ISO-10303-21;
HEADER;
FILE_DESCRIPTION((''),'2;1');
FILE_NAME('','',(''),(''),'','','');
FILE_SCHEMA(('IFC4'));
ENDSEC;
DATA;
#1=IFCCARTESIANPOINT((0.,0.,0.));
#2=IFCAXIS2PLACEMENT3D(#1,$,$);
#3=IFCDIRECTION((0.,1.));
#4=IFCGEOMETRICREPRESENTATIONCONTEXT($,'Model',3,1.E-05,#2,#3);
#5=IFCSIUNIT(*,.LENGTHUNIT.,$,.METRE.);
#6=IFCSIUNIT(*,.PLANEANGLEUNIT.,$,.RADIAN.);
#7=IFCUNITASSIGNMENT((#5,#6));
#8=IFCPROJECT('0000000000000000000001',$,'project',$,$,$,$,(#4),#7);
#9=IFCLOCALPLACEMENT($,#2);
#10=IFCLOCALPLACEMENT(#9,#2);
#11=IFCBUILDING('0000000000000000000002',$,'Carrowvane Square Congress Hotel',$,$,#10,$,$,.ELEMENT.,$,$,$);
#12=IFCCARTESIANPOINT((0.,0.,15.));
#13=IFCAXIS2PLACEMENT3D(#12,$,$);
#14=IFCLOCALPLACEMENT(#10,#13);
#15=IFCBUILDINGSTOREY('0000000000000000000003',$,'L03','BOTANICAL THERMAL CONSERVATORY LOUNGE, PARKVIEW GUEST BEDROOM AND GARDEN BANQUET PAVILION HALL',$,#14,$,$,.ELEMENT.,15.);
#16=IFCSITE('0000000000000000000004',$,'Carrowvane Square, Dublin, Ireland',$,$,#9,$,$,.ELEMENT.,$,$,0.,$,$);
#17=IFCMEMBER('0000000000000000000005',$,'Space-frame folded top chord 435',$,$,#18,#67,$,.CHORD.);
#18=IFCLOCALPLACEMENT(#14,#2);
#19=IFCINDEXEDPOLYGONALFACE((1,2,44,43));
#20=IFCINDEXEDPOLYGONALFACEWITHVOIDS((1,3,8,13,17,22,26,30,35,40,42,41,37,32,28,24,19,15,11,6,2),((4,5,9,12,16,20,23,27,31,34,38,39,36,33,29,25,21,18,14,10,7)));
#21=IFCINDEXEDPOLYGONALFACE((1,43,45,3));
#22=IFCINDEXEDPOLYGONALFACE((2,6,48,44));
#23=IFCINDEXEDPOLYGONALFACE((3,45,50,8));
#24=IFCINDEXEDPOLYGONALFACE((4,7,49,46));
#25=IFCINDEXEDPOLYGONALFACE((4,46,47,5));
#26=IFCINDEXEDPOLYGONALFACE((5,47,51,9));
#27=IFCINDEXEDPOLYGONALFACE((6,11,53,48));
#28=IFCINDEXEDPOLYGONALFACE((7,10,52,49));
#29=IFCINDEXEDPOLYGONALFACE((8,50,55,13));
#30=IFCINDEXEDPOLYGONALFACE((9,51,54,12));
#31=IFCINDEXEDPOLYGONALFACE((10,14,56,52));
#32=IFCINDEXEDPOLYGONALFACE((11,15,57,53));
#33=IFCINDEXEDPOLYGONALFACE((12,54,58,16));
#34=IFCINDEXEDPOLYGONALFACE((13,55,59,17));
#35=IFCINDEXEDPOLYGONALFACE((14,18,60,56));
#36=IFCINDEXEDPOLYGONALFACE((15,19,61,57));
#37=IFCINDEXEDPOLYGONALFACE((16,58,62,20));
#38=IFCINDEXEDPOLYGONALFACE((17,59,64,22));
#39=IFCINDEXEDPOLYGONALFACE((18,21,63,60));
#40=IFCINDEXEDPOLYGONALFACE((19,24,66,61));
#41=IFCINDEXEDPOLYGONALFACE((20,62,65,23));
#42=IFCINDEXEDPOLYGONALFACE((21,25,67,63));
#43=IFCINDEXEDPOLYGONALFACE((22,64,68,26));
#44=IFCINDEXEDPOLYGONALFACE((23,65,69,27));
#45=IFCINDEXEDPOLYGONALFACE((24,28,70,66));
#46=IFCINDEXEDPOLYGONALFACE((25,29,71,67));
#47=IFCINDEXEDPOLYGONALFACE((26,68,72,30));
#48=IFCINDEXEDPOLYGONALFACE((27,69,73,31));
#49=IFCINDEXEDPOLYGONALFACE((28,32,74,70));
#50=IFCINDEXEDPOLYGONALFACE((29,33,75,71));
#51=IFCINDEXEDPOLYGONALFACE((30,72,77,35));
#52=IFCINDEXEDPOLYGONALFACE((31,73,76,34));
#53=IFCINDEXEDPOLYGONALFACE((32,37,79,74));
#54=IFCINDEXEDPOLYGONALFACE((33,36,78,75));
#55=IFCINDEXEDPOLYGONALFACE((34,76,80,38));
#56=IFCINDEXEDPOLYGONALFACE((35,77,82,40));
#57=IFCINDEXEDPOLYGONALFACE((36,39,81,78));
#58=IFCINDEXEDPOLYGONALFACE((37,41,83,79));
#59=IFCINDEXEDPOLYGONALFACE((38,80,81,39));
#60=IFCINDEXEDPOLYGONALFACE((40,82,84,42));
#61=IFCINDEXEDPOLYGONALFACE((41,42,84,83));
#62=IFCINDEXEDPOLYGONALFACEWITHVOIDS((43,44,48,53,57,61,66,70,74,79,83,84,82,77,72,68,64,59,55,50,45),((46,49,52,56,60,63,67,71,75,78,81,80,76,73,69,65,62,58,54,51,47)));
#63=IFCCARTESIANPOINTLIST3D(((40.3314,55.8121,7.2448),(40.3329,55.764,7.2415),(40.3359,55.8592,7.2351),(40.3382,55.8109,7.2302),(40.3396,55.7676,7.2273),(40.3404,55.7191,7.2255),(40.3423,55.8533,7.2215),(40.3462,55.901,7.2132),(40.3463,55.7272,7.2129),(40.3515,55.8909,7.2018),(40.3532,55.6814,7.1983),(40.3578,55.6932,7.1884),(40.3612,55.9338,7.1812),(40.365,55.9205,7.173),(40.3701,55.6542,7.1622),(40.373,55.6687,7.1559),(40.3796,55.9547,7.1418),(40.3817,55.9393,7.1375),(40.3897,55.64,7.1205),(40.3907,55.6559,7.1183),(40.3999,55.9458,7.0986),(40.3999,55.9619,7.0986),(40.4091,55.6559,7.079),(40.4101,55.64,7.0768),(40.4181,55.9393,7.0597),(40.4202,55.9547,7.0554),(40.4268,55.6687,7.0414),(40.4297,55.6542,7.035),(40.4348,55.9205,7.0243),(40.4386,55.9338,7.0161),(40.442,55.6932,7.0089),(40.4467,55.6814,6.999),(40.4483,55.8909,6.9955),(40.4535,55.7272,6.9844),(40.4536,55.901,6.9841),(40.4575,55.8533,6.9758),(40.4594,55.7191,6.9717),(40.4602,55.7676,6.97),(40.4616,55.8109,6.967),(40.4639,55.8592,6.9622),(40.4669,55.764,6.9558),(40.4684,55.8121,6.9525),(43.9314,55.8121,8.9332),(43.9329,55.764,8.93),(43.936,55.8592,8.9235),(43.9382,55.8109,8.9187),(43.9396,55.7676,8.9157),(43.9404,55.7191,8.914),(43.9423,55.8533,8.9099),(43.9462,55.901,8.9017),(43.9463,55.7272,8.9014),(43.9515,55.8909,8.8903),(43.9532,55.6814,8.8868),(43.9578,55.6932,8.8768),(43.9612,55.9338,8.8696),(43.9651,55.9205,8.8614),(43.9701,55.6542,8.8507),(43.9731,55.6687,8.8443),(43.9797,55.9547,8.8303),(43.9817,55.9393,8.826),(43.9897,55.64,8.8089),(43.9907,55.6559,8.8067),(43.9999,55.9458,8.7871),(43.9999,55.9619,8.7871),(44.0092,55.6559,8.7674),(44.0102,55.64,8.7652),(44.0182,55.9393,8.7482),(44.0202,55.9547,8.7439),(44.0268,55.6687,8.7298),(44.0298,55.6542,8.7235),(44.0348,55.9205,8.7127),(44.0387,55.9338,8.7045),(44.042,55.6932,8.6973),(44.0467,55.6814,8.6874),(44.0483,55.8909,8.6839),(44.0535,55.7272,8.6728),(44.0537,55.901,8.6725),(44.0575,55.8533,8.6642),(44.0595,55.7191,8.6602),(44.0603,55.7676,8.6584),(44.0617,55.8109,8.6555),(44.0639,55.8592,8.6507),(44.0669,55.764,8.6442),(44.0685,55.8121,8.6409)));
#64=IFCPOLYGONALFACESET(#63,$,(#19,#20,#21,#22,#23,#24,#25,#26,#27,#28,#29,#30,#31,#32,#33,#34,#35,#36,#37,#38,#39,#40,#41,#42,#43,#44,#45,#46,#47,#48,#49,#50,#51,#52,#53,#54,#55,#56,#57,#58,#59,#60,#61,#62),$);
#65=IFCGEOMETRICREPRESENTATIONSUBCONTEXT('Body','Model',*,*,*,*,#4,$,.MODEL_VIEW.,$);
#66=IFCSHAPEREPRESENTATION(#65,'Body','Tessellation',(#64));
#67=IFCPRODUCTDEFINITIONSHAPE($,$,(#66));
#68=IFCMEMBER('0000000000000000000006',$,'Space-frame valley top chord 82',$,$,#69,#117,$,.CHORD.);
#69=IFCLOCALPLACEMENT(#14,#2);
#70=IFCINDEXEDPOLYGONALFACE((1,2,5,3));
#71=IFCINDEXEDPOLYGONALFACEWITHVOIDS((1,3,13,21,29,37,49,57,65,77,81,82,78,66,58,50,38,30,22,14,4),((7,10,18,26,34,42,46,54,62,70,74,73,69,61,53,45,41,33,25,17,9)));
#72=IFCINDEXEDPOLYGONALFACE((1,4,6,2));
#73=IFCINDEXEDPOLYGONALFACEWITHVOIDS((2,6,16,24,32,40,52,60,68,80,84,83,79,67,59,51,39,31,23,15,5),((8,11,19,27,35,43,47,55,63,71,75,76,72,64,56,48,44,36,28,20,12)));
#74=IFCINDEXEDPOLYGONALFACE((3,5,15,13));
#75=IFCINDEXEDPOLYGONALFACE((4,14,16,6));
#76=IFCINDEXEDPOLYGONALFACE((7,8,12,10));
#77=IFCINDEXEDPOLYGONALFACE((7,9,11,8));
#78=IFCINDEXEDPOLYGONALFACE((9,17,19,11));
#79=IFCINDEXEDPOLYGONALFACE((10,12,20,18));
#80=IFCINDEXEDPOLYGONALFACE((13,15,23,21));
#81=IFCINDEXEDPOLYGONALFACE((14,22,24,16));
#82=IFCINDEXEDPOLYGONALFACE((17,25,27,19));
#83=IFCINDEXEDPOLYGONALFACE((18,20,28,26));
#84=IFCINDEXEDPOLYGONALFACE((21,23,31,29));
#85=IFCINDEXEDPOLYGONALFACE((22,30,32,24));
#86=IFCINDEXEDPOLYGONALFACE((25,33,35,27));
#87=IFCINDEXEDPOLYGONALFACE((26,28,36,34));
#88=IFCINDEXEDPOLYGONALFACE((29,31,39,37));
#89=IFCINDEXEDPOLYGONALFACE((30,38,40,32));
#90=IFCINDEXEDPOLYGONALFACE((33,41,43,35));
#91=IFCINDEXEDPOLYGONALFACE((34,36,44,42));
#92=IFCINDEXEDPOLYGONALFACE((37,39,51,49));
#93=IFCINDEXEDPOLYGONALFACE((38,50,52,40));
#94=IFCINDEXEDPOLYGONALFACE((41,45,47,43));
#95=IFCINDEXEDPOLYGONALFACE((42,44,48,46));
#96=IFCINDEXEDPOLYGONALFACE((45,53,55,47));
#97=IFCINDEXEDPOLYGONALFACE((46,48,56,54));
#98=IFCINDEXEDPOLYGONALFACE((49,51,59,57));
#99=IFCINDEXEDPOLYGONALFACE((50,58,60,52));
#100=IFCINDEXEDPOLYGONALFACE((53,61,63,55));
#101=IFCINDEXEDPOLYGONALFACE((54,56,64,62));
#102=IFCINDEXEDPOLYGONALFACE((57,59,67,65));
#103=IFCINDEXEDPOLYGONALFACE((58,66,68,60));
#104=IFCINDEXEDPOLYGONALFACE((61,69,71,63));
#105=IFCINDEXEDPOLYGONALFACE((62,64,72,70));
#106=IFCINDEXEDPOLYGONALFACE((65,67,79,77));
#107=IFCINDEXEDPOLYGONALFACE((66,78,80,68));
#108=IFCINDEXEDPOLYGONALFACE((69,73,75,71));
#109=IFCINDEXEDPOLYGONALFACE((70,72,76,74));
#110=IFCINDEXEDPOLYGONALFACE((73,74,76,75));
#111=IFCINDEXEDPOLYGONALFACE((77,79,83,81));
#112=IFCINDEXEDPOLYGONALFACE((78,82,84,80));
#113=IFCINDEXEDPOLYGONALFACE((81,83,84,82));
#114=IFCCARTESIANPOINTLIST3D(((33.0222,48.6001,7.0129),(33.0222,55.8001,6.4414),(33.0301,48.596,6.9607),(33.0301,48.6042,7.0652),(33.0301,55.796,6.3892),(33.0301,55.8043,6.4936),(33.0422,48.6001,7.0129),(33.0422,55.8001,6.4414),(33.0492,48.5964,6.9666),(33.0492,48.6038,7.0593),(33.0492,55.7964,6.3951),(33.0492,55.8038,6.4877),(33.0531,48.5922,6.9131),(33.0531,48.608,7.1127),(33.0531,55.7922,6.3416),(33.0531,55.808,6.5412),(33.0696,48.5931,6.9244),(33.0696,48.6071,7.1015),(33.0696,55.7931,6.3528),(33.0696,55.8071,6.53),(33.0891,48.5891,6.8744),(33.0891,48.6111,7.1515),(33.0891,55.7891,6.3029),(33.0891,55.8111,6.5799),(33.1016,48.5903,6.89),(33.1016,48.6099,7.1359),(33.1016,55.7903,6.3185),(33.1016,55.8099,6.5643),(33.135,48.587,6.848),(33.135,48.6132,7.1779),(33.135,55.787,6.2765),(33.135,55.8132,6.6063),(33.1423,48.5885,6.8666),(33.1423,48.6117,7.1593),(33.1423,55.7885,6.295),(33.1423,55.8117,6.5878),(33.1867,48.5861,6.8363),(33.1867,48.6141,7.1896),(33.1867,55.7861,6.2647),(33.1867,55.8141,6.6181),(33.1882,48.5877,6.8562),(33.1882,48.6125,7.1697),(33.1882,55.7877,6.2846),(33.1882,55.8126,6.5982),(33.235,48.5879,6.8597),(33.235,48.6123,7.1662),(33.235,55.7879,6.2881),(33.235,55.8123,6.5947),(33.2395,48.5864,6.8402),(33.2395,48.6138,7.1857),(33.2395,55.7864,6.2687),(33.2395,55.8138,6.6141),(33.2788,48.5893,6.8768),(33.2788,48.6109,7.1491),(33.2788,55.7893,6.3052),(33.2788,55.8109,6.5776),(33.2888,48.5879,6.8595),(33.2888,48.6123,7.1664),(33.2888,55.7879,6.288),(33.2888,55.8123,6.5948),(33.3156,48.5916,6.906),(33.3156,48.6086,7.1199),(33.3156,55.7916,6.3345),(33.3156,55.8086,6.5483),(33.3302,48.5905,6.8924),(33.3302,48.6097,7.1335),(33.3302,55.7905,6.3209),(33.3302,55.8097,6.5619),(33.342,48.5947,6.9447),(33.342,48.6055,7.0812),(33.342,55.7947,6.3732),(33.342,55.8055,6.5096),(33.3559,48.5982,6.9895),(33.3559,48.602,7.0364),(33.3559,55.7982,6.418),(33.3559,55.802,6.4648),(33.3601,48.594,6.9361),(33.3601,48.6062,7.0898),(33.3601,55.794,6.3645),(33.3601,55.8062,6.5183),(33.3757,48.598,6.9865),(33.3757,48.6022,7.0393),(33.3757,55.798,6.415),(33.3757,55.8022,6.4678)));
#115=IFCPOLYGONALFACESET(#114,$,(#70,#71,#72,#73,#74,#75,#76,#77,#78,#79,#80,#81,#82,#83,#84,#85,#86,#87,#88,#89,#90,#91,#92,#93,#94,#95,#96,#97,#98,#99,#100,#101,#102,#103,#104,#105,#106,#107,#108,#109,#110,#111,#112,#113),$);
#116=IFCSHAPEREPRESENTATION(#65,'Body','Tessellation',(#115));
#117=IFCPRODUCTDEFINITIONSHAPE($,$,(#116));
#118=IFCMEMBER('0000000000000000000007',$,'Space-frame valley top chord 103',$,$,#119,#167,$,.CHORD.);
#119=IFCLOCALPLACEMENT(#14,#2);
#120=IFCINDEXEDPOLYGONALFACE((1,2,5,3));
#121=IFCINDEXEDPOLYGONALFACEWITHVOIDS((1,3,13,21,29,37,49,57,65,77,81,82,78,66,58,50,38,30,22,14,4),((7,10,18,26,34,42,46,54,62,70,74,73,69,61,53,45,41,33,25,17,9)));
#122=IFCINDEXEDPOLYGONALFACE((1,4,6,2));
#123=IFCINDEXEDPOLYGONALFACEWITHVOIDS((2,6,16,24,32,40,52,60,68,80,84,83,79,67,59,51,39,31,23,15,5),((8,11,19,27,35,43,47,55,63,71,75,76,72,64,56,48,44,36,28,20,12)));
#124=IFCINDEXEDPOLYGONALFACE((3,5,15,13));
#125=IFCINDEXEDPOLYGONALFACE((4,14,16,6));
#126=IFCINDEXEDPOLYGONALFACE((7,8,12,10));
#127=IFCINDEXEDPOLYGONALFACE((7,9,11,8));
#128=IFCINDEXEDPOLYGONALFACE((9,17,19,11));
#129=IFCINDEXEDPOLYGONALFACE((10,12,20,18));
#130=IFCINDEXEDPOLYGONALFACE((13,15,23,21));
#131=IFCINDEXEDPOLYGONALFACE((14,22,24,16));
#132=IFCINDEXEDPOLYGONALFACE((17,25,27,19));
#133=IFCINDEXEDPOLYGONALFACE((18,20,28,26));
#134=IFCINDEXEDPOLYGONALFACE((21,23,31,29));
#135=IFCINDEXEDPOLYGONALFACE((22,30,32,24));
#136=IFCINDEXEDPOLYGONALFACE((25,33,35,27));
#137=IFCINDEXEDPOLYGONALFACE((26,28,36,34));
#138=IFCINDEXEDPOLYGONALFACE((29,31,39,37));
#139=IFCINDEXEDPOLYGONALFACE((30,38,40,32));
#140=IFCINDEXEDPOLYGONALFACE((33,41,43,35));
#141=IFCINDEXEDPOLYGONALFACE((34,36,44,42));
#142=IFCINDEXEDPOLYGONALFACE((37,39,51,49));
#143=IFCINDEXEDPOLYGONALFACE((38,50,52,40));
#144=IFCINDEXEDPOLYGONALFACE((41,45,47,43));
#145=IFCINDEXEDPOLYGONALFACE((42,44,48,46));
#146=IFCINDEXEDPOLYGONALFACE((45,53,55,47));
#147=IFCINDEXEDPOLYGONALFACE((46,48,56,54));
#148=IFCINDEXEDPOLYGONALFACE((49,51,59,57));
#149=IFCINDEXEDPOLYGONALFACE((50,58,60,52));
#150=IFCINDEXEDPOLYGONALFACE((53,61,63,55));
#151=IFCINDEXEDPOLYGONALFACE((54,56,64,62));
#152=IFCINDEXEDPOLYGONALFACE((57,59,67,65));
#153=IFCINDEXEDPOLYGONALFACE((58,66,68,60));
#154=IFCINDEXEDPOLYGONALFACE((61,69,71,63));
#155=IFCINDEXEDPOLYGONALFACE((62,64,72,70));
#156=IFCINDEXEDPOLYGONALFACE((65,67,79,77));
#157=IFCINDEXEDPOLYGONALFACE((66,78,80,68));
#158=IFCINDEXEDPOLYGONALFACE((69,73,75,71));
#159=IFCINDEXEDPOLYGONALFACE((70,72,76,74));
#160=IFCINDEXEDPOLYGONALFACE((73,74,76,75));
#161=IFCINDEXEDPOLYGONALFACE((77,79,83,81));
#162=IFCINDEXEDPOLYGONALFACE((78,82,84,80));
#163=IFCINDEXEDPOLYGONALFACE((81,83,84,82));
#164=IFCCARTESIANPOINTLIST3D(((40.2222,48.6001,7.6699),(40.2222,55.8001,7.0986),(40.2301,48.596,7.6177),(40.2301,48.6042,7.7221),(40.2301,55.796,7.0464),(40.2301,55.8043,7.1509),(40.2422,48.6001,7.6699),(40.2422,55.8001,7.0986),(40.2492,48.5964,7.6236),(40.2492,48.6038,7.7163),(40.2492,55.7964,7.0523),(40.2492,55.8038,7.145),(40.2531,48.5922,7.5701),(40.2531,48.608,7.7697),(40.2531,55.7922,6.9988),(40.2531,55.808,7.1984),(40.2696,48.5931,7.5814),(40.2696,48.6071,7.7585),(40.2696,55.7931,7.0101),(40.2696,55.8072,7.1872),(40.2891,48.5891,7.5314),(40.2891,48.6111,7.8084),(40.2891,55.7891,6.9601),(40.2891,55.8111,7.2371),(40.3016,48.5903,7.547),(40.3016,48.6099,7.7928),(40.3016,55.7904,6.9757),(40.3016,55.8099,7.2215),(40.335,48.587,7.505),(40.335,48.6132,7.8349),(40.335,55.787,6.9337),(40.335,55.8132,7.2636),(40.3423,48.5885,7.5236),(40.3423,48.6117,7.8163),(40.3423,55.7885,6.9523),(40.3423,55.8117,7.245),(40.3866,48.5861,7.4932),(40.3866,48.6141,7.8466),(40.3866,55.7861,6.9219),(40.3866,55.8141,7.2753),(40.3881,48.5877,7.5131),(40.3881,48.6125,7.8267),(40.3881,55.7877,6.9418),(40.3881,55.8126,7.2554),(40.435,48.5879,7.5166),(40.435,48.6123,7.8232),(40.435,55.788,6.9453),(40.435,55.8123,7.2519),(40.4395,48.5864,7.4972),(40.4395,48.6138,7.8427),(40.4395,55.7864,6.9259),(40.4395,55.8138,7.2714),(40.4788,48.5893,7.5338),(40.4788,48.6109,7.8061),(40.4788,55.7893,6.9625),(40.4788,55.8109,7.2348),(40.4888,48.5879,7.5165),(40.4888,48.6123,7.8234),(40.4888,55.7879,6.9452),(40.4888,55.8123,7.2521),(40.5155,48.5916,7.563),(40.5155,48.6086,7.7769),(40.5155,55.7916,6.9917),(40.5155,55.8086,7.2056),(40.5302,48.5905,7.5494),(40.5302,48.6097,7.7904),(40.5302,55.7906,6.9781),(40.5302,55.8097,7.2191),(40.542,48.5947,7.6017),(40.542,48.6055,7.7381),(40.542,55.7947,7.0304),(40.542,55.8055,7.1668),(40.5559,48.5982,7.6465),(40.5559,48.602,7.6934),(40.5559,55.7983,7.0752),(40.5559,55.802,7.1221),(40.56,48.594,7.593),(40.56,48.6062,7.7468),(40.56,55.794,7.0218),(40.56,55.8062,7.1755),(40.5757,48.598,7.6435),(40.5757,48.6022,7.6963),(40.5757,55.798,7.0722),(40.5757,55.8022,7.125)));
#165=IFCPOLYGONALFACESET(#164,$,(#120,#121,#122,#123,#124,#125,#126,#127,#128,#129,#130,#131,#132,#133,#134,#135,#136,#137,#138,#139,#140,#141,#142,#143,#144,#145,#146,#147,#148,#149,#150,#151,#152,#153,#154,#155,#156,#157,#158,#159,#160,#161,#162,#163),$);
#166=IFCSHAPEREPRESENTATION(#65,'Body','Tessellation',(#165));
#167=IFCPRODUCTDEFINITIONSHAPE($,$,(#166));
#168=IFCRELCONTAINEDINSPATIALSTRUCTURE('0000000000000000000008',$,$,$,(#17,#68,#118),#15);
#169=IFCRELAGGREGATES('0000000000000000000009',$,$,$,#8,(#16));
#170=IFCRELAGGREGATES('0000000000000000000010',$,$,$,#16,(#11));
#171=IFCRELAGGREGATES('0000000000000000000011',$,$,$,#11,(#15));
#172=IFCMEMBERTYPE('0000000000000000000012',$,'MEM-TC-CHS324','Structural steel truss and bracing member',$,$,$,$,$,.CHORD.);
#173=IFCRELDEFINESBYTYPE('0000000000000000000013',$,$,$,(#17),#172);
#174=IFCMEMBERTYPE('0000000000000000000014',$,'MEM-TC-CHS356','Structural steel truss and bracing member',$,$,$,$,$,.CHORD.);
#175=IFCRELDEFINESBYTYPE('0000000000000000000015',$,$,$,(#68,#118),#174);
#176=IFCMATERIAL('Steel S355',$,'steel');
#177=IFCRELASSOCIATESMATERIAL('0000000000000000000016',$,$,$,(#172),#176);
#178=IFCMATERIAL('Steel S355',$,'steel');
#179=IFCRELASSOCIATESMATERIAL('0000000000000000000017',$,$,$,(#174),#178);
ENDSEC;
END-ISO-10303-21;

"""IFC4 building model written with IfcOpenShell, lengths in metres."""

from ifc_helpers import new_model, si_unit, direction, frame, origin, origin_2d, place, context, subcontext, project, spatial, hollow_circle, extrude, material, material_profile, profile_set, type_object, element, save


model = new_model("IFC4")

# Units and contexts
model_context = context("Model", 3, precision=1e-05, world=origin(), true_north=direction((0.0, 1.0)))
body_context = subcontext(model_context, "Body", "Model", "MODEL_VIEW")
ifc_project = project(units=[si_unit("LENGTHUNIT", "METRE"), si_unit("PLANEANGLEUNIT", "RADIAN")], contexts=[model_context])

# Site, building, storey
site_placement = place(None, origin())
site = spatial("IfcSite", under=ifc_project, at=site_placement, Name="Carrowvane Square, Dublin, Ireland", CompositionType="ELEMENT", RefElevation=0.0)
building_placement = place(site_placement, origin())
building = spatial("IfcBuilding", under=site, at=building_placement, Name="Carrowvane Square Congress Hotel", CompositionType="ELEMENT")
storey_placement = place(building_placement, frame((0.0, 0.0, 15.0)))
storey = spatial("IfcBuildingStorey", under=building, at=storey_placement, Name="L03", Description="BOTANICAL THERMAL CONSERVATORY LOUNGE, PARKVIEW GUEST BEDROOM AND GARDEN BANQUET PAVILION HALL", CompositionType="ELEMENT", Elevation=15.0)

# Members
ifc_material_1 = material(Name="Steel S355", Category="steel")
ifc_material_profile_1 = material_profile(ifc_material_1, hollow_circle(Radius=0.1619, WallThickness=0.0161, at=origin_2d()), Name="CHS 323.9x16")
ifc_profile_set_1 = profile_set([ifc_material_profile_1], Name="Steel S355")
member_type_1 = type_object("IfcMemberType", Name="MEM-TC-CHS324", Description="Structural steel truss and bracing member", PredefinedType="CHORD", material=ifc_profile_set_1)
member_1_placement = place(storey_placement, frame((40.3999, 55.8, 7.0986), z_axis=(0.905369, 0.0, 0.424626), x_axis=(0.0, 1.0, 0.0)))
element("IfcMember", 1, at=member_1_placement, inside=storey, type_object=member_type_1, Name="Space-frame folded top chord 435", PredefinedType="CHORD", context=body_context, shape_type="SweptSolid", body=[
    extrude(hollow_circle(Radius=0.1619, WallThickness=0.0161, at=origin_2d()), origin(), (0.0, 0.0, 1.0), 3.9763),
])
ifc_material_2 = material(Name="Steel S355", Category="steel")
ifc_material_profile_2 = material_profile(ifc_material_2, hollow_circle(Radius=0.1777, WallThickness=0.02, at=origin_2d()), Name="CHS 355.6x20")
ifc_profile_set_2 = profile_set([ifc_material_profile_2], Name="Steel S355")
member_type_2 = type_object("IfcMemberType", Name="MEM-TC-CHS356", Description="Structural steel truss and bracing member", PredefinedType="CHORD", material=ifc_profile_set_2)
for number, where, z_axis, x_axis, name in (
    (2, (33.2, 48.6001, 7.0129), (0.0, 0.996864, -0.079131), (-1.0, 0.0, 0.0), "Space-frame valley top chord 82"),
    (3, (40.3999, 48.6001, 7.6699), (0.0, 0.996867, -0.079098), (-1.0, 0.0, 0.0), "Space-frame valley top chord 103"),
):
    element("IfcMember", number, at=place(storey_placement, frame(where, z_axis=z_axis, x_axis=x_axis)), inside=storey, type_object=member_type_2, Name=name, PredefinedType="CHORD", context=body_context, shape_type="SweptSolid", body=[
        extrude(hollow_circle(Radius=0.1777, WallThickness=0.02, at=origin_2d()), origin(), (0.0, 0.0, 1.0), 7.2227),
    ])

save(model, "model.ifc")
